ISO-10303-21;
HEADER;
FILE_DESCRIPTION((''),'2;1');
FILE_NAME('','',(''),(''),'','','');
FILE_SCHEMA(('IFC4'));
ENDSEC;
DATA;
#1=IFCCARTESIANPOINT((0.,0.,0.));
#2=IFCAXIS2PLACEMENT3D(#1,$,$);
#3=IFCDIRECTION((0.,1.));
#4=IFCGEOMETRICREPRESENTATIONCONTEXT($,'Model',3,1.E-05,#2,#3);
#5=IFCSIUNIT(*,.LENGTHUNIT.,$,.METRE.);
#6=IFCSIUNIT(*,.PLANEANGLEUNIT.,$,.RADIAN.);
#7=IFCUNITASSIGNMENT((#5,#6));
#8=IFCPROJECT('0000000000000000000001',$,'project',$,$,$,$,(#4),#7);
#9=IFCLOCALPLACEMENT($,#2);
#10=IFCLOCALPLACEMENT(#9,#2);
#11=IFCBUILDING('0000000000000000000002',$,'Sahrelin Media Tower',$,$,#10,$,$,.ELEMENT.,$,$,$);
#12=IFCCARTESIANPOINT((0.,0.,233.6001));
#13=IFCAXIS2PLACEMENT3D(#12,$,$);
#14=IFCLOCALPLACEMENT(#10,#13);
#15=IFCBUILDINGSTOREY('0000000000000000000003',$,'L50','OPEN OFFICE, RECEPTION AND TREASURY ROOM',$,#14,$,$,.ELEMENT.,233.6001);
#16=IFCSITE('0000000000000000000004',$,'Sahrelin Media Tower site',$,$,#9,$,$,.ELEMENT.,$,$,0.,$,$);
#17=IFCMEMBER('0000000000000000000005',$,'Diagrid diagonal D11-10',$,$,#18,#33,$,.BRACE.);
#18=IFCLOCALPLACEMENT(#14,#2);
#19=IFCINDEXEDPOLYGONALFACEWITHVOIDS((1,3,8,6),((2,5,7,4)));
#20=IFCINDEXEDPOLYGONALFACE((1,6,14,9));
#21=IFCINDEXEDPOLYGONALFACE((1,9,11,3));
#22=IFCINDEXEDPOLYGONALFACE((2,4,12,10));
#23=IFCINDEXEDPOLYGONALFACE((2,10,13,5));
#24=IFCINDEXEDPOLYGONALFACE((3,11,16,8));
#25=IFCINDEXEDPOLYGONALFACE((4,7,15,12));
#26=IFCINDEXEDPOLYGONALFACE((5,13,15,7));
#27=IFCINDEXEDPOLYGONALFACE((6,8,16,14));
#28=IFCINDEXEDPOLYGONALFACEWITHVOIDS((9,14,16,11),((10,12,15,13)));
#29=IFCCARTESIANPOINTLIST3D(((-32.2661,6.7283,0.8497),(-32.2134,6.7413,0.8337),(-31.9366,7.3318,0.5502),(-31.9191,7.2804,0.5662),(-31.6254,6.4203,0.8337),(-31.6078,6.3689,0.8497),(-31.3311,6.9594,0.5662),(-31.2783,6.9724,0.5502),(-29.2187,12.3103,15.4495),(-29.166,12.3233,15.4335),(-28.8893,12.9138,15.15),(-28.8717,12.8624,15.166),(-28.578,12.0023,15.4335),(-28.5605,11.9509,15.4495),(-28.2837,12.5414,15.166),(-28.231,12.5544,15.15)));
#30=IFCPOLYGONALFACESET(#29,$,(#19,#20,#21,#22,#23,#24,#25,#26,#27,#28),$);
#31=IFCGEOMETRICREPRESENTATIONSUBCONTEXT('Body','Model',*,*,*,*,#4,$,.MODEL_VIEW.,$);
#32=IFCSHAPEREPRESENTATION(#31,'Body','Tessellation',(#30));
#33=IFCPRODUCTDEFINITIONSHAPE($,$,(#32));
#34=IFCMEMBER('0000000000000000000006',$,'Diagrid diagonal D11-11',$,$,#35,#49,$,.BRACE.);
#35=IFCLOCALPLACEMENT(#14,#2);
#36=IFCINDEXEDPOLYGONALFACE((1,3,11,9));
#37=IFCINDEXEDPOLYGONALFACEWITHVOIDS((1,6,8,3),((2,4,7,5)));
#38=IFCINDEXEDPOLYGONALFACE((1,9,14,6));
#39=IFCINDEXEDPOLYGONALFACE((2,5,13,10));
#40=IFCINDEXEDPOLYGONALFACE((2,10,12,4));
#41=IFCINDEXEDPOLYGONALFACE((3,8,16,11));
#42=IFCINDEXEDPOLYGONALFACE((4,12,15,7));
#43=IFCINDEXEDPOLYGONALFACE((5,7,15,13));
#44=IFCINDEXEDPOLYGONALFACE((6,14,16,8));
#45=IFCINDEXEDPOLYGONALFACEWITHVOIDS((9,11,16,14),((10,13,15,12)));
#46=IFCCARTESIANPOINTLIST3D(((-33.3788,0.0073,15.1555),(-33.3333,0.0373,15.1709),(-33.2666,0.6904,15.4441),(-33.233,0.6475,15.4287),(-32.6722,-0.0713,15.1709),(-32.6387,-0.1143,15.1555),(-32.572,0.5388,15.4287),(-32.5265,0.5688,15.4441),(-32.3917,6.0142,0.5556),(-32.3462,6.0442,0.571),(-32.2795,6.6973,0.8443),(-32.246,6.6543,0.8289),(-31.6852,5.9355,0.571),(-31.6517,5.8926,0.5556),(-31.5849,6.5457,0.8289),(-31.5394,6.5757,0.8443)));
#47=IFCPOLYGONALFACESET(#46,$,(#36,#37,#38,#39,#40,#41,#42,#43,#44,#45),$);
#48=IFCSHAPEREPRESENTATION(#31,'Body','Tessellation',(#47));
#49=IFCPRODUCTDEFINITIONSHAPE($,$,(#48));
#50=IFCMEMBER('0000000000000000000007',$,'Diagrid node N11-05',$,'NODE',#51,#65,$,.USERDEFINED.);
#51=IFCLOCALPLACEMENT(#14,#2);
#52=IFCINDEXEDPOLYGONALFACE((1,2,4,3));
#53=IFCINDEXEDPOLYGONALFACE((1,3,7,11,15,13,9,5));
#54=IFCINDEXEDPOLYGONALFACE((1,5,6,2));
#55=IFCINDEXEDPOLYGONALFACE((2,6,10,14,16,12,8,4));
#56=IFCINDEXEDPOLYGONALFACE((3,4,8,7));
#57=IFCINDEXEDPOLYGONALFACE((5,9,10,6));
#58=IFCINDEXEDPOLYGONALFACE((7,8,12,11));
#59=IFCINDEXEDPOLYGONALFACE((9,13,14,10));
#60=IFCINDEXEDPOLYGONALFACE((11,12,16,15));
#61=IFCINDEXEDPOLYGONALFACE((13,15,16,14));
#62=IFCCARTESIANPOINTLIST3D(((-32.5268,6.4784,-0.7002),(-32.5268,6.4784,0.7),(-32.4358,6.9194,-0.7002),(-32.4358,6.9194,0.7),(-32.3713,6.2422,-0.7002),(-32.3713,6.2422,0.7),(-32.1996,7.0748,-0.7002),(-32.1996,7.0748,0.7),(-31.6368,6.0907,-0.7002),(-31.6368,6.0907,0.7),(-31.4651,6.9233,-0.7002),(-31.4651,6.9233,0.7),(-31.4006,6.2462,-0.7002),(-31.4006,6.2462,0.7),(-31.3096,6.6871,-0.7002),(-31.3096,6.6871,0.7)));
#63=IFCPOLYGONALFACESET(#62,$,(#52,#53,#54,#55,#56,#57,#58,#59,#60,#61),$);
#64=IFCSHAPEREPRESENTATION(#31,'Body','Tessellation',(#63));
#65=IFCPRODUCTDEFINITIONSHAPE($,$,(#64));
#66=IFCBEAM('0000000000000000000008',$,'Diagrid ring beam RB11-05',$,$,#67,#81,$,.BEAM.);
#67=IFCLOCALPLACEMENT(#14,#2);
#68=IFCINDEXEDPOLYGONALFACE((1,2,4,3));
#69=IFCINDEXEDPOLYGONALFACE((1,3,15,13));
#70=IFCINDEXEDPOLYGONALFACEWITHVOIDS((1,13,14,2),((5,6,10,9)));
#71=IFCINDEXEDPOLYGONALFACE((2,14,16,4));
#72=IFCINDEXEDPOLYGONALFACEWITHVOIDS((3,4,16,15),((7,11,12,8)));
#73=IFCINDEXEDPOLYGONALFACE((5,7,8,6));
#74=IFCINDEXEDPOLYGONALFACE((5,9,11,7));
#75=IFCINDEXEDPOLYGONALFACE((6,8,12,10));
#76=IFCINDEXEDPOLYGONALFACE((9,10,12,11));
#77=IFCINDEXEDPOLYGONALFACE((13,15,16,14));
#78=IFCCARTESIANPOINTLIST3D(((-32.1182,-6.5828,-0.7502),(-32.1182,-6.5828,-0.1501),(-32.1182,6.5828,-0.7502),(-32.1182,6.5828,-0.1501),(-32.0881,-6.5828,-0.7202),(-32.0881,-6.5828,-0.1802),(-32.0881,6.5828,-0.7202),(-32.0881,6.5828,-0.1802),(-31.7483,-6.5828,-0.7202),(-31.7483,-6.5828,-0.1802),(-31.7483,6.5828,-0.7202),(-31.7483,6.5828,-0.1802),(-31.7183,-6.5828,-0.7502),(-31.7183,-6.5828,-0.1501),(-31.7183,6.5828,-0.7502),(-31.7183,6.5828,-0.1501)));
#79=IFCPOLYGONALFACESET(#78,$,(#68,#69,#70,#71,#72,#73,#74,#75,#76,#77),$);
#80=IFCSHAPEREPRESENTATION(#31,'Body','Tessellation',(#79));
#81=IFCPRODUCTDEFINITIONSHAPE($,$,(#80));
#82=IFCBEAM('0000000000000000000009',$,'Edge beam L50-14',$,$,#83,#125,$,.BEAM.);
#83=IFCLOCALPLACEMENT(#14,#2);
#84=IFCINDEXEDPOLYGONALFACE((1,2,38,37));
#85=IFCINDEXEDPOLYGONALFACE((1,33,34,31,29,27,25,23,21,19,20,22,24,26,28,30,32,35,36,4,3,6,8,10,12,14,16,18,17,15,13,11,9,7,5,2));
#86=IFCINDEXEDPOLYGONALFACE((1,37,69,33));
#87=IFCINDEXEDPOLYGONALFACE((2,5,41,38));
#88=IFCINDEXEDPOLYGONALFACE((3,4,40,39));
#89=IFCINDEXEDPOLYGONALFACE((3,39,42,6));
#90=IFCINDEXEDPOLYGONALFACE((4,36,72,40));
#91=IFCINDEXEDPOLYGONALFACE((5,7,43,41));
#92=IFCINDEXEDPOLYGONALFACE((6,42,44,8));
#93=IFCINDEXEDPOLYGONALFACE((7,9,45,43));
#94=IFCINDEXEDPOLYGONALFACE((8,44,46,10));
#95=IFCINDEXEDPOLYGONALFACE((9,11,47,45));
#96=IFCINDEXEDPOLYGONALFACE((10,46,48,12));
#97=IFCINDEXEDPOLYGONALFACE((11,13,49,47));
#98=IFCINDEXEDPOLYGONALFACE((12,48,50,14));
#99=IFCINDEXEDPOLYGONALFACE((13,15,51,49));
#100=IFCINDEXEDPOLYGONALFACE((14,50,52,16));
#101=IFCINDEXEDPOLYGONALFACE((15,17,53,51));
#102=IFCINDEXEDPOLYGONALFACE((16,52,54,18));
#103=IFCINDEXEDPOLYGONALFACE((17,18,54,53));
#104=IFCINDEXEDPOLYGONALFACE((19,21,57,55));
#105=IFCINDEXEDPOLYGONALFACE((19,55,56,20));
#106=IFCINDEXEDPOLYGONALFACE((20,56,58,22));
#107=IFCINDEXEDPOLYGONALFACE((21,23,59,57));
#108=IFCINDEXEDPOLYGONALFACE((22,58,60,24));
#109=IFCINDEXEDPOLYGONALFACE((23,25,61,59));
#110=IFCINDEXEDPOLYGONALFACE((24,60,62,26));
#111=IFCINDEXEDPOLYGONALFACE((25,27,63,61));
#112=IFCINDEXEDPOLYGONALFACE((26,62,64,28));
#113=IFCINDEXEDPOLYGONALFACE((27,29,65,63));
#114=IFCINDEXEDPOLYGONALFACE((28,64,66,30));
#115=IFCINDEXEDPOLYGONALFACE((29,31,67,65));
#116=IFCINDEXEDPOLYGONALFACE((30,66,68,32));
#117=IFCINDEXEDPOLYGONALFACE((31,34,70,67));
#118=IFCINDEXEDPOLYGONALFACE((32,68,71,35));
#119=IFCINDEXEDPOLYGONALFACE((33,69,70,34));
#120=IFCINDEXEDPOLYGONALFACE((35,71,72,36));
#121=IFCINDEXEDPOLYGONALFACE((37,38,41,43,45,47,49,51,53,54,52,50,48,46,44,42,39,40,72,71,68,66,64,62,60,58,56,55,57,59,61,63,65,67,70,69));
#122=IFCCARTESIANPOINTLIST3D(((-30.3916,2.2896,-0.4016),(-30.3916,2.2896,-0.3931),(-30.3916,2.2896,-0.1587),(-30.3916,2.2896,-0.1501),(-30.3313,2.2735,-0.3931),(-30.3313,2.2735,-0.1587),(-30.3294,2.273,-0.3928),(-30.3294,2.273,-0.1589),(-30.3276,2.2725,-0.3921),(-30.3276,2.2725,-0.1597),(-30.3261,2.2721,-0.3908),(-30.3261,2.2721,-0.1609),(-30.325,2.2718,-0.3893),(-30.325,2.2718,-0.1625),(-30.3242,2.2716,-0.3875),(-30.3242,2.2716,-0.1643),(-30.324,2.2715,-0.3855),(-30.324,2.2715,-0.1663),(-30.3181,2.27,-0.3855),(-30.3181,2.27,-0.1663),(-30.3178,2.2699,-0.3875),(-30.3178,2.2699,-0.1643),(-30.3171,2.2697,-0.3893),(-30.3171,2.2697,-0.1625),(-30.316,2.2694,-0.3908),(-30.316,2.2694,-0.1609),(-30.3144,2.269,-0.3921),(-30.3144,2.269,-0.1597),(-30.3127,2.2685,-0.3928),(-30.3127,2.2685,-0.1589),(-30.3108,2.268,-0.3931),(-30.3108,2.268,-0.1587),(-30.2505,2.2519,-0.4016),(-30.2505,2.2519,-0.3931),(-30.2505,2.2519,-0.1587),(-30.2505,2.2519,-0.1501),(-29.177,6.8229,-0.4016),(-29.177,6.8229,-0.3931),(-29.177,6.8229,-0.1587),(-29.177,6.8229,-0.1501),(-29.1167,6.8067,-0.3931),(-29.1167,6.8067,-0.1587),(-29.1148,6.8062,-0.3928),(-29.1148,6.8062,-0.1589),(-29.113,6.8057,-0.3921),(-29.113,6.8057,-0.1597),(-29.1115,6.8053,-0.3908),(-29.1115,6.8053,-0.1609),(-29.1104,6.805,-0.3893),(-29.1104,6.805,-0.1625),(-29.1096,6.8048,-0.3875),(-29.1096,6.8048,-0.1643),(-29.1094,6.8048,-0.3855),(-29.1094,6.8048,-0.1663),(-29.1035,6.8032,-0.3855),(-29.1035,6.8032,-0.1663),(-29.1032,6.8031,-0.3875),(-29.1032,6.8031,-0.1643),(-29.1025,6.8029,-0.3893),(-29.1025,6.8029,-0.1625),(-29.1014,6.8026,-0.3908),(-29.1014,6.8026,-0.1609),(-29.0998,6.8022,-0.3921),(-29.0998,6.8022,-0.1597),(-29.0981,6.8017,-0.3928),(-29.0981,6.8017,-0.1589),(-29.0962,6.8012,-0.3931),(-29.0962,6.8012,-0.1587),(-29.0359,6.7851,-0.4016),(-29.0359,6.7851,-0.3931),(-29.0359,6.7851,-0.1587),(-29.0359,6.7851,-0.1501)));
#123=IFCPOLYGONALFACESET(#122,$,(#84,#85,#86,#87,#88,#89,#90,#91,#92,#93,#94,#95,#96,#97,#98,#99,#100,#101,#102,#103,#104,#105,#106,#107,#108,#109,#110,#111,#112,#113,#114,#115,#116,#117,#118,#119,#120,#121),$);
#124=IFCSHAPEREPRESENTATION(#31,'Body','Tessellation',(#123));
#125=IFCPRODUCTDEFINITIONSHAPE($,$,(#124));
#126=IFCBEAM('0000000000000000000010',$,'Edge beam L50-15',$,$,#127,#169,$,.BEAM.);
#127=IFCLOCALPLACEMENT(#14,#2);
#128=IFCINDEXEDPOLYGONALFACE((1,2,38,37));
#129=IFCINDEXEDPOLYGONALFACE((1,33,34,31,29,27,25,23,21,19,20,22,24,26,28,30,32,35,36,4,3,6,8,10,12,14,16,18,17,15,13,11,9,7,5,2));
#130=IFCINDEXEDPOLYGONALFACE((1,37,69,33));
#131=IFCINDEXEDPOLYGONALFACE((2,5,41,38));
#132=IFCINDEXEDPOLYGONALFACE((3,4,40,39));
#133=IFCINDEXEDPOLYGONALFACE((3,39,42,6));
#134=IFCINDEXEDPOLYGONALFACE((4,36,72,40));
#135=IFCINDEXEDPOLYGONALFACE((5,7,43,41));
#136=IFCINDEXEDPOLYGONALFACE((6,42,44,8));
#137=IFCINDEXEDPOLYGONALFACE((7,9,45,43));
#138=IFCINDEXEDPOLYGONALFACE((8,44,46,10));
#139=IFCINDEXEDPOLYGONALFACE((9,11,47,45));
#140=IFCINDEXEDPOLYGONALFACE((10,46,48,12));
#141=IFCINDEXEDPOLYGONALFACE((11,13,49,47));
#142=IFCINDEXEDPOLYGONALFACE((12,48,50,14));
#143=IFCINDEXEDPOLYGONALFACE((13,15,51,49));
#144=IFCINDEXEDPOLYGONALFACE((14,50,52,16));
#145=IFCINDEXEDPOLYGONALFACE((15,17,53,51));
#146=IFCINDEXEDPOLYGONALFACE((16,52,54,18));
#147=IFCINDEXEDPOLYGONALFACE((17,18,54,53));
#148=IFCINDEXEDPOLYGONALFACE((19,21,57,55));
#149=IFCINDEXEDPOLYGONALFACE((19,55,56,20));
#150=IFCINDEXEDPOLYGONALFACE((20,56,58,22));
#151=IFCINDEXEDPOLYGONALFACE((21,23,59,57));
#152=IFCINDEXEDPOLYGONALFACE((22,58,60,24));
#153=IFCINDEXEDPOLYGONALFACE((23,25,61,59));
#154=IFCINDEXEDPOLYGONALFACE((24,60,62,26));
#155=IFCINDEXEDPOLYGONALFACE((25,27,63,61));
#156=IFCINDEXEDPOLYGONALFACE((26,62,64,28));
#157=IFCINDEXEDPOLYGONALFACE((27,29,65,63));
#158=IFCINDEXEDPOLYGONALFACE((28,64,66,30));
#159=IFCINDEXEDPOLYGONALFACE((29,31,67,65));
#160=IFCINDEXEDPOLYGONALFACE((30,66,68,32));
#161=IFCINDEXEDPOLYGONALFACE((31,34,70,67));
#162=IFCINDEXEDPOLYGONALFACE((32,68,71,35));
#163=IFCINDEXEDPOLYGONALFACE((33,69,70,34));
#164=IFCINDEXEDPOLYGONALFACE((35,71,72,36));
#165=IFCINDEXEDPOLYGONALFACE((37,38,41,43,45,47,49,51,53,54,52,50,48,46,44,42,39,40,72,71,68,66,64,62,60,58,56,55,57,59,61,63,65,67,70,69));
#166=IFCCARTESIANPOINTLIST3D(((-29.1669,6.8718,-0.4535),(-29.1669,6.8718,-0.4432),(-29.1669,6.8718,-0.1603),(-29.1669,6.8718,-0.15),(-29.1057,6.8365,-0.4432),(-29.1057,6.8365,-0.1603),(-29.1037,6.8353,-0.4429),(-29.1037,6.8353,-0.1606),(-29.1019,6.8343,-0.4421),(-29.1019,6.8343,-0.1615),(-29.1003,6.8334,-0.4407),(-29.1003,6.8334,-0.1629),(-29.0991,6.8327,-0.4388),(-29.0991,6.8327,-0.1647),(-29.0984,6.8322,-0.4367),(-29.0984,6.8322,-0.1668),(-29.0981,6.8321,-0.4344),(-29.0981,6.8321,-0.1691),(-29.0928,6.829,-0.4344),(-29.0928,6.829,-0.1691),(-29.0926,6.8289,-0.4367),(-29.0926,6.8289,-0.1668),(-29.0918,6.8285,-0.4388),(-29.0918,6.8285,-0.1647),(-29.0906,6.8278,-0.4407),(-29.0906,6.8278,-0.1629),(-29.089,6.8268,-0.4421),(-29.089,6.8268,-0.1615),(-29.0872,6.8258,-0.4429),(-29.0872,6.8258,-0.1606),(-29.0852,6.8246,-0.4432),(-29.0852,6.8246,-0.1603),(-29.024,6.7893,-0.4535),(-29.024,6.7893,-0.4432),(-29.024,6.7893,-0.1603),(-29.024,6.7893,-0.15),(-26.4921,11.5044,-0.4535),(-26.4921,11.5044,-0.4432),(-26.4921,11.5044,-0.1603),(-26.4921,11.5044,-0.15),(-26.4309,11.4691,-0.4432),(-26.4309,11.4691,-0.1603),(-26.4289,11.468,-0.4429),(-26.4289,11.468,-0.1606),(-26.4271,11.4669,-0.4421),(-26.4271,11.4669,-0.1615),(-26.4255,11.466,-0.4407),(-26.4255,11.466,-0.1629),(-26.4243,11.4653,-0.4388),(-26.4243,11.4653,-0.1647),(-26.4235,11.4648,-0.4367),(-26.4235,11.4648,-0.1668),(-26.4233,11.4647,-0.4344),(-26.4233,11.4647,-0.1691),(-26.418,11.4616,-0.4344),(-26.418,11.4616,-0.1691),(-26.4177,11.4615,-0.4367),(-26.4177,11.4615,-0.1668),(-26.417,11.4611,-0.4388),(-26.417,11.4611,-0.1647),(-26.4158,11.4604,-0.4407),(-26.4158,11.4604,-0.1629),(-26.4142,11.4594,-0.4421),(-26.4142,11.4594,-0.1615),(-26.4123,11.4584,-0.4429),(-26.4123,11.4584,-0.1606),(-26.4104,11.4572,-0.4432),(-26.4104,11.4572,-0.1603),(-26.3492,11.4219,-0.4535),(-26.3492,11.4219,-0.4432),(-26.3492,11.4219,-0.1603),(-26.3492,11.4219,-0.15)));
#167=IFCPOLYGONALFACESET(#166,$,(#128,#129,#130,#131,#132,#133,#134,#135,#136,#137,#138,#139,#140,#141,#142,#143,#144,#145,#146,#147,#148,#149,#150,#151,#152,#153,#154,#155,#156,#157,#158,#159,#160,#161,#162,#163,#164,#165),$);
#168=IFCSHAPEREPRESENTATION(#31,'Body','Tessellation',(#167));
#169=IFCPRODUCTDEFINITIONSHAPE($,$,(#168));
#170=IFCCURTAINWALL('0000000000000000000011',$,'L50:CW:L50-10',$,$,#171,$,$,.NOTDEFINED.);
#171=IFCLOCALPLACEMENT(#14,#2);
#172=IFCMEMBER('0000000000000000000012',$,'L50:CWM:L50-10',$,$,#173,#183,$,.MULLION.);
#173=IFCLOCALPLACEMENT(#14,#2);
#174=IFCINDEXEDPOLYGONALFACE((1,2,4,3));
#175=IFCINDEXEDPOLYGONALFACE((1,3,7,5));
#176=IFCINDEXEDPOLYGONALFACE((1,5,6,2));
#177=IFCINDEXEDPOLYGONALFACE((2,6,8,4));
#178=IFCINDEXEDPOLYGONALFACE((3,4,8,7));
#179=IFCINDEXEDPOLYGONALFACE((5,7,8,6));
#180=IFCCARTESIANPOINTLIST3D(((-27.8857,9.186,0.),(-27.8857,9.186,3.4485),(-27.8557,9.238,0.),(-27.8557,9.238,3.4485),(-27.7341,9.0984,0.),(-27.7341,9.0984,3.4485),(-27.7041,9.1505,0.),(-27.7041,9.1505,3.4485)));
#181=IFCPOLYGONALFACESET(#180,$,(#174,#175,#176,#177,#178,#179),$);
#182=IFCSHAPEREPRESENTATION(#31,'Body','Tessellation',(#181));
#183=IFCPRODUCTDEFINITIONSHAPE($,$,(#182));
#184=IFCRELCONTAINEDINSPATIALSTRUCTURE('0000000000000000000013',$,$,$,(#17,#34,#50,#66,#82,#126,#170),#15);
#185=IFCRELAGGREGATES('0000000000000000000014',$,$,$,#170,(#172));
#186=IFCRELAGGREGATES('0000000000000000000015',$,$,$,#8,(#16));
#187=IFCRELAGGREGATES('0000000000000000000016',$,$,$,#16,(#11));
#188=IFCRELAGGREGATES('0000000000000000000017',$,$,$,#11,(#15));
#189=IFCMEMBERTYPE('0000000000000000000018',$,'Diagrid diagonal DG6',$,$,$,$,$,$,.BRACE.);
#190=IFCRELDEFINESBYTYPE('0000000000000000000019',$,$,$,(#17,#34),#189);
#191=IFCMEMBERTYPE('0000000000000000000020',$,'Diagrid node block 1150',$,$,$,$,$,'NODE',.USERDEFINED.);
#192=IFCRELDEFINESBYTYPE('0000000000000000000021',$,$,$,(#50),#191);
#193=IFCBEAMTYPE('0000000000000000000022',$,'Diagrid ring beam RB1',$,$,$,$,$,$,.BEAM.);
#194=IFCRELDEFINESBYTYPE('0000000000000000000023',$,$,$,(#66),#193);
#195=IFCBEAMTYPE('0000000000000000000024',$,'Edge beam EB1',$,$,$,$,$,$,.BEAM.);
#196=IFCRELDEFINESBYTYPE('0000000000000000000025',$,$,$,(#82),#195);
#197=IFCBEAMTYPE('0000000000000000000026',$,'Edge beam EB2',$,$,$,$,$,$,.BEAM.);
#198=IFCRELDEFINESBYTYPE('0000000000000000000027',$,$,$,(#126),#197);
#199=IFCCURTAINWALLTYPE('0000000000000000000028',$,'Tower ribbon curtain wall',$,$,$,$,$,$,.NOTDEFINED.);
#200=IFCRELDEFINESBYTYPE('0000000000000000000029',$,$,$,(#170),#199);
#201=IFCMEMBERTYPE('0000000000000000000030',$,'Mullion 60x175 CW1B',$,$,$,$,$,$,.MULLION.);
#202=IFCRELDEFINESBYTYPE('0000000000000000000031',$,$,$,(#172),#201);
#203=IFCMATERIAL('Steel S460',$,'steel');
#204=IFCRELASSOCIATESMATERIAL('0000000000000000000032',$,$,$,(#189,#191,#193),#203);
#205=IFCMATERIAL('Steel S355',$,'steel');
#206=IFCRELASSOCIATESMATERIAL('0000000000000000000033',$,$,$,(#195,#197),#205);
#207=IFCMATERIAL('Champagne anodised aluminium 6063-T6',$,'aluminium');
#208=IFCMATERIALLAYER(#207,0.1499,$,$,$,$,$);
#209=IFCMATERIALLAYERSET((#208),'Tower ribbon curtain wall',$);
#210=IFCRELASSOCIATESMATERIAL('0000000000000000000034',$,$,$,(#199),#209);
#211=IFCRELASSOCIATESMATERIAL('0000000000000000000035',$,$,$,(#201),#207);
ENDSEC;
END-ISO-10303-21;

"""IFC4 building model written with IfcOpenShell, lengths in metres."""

from ifc_helpers import new_model, si_unit, direction, frame, origin, origin_2d, place, context, subcontext, project, spatial, polyline, rectangle, hollow_rectangle, i_section, outline, extrude, material, layer, layer_set, material_profile, profile_set, type_object, element, aggregate, save


model = new_model("IFC4")

# Units and contexts
model_context = context("Model", 3, precision=1e-05, world=origin(), true_north=direction((0.0, 1.0)))
body_context = subcontext(model_context, "Body", "Model", "MODEL_VIEW")
ifc_project = project(units=[si_unit("LENGTHUNIT", "METRE"), si_unit("PLANEANGLEUNIT", "RADIAN")], contexts=[model_context])

# Site, building, storey
site_placement = place(None, origin())
site = spatial("IfcSite", under=ifc_project, at=site_placement, Name="Sahrelin Media Tower site", CompositionType="ELEMENT", RefElevation=0.0)
building_placement = place(site_placement, origin())
building = spatial("IfcBuilding", under=site, at=building_placement, Name="Sahrelin Media Tower", CompositionType="ELEMENT")
storey_placement = place(building_placement, frame((0.0, 0.0, 233.6001)))
storey = spatial("IfcBuildingStorey", under=building, at=storey_placement, Name="L50", Description="OPEN OFFICE, RECEPTION AND TREASURY ROOM", CompositionType="ELEMENT", Elevation=233.6001)

# Members
ifc_material_1 = material(Name="Steel S460", Category="steel")
ifc_material_profile_1 = material_profile(ifc_material_1, hollow_rectangle(XDim=0.75, YDim=0.75, WallThickness=0.04, at=origin_2d()), Name="Diagrid diagonal DG6")
ifc_profile_set_1 = profile_set([ifc_material_profile_1], Name="Steel S460")
member_type_1 = type_object("IfcMemberType", Name="Diagrid diagonal DG6", PredefinedType="BRACE", material=ifc_profile_set_1)
member_1_placement = place(storey_placement, frame((-31.7722, 6.8503, 0.7), z_axis=(0.191359, 0.350523, 0.916796), x_axis=(-0.877722, 0.479169, 0.0)))
element("IfcMember", 1, at=member_1_placement, inside=storey, type_object=member_type_1, Name="Diagrid diagonal D11-10", PredefinedType="BRACE", context=body_context, shape_type="SweptSolid", body=[
    extrude(hollow_rectangle(XDim=0.75, YDim=0.75, WallThickness=0.04, at=origin_2d()), origin(), (0.0, 0.0, 1.0), 15.9248),
])
member_2_placement = place(storey_placement, frame((-31.9656, 6.2949, 0.7), z_axis=(-0.062401, -0.379745, 0.922984), x_axis=(0.986766, -0.162148, 0.0)))
element("IfcMember", 2, at=member_2_placement, inside=storey, type_object=member_type_1, Name="Diagrid diagonal D11-11", PredefinedType="BRACE", context=body_context, shape_type="SweptSolid", body=[
    extrude(hollow_rectangle(XDim=0.75, YDim=0.75, WallThickness=0.04, at=origin_2d()), origin(), (0.0, 0.0, 1.0), 15.8181),
])
ifc_material_profile_2 = material_profile(ifc_material_1, outline(polyline([(0.375, -0.425), (0.575, -0.2251), (0.575, 0.2251), (0.375, 0.425), (-0.375, 0.425), (-0.575, 0.2251), (-0.575, -0.2251), (-0.375, -0.425), (0.375, -0.425)])), Name="Diagrid node block 1150")
ifc_profile_set_2 = profile_set([ifc_material_profile_2], Name="Steel S460")
member_type_2 = type_object("IfcMemberType", Name="Diagrid node block 1150", ElementType="NODE", PredefinedType="USERDEFINED", material=ifc_profile_set_2)
member_3_placement = place(storey_placement, frame((-31.9182, 6.5828, -0.7002), z_axis=(0.0, 0.0, 1.0), x_axis=(-0.979388, 0.201989, 0.0)))
element("IfcMember", 3, at=member_3_placement, inside=storey, type_object=member_type_2, Name="Diagrid node N11-05", ObjectType="NODE", PredefinedType="USERDEFINED", context=body_context, shape_type="SweptSolid", body=[
    extrude(outline(polyline([(0.375, -0.425), (0.575, -0.2251), (0.575, 0.2251), (0.375, 0.425), (-0.375, 0.425), (-0.575, 0.2251), (-0.575, -0.2251), (-0.375, -0.425), (0.375, -0.425)])), origin(), (0.0, 0.0, 1.0), 1.4001),
])

# Beams
ifc_material_profile_3 = material_profile(ifc_material_1, hollow_rectangle(XDim=0.3999, YDim=0.6001, WallThickness=0.03, at=origin_2d()), Name="Diagrid ring beam RB1")
ifc_profile_set_3 = profile_set([ifc_material_profile_3], Name="Steel S460")
beam_type_1 = type_object("IfcBeamType", Name="Diagrid ring beam RB1", PredefinedType="BEAM", material=ifc_profile_set_3)
beam_1_placement = place(storey_placement, frame((-31.9182, 6.5828, -0.4502), z_axis=(0.0, -1.0, 0.0), x_axis=(1.0, 0.0, 0.0)))
element("IfcBeam", 4, at=beam_1_placement, inside=storey, type_object=beam_type_1, Name="Diagrid ring beam RB11-05", PredefinedType="BEAM", context=body_context, shape_type="SweptSolid", body=[
    extrude(hollow_rectangle(XDim=0.3999, YDim=0.6001, WallThickness=0.03, at=origin_2d()), origin(), (0.0, 0.0, 1.0), 13.1655),
])
ifc_material_2 = material(Name="Steel S355", Category="steel")
ifc_material_profile_4 = material_profile(ifc_material_2, i_section(OverallWidth=0.146, OverallDepth=0.2515, WebThickness=0.0061, FlangeThickness=0.0085, FilletRadius=0.0076, at=origin_2d()), Name="UB 254x146x31")
ifc_profile_set_4 = profile_set([ifc_material_profile_4], Name="Steel S355")
beam_type_2 = type_object("IfcBeamType", Name="Edge beam EB1", PredefinedType="BEAM", material=ifc_profile_set_4)
beam_2_placement = place(storey_placement, frame((-30.321, 2.2708, -0.2759), z_axis=(0.258805, 0.965929, 0.0), x_axis=(-0.965929, 0.258805, 0.0)))
element("IfcBeam", 5, at=beam_2_placement, inside=storey, type_object=beam_type_2, Name="Edge beam L50-14", PredefinedType="BEAM", context=body_context, shape_type="SweptSolid", body=[
    extrude(i_section(OverallWidth=0.146, OverallDepth=0.2515, WebThickness=0.0061, FlangeThickness=0.0085, FilletRadius=0.0076, at=origin_2d()), origin(), (0.0, 0.0, 1.0), 4.6931),
])
ifc_material_profile_5 = material_profile(ifc_material_2, i_section(OverallWidth=0.165, OverallDepth=0.3035, WebThickness=0.0061, FlangeThickness=0.0103, FilletRadius=0.0088, at=origin_2d()), Name="UB 305x165x40")
ifc_profile_set_5 = profile_set([ifc_material_profile_5], Name="Steel S355")
beam_type_3 = type_object("IfcBeamType", Name="Edge beam EB2", PredefinedType="BEAM", material=ifc_profile_set_5)
beam_3_placement = place(storey_placement, frame((-29.0955, 6.8306, -0.3018), z_axis=(0.500027, 0.86601, 0.0), x_axis=(-0.86601, 0.500027, 0.0)))
element("IfcBeam", 6, at=beam_3_placement, inside=storey, type_object=beam_type_3, Name="Edge beam L50-15", PredefinedType="BEAM", context=body_context, shape_type="SweptSolid", body=[
    extrude(i_section(OverallWidth=0.165, OverallDepth=0.3035, WebThickness=0.0061, FlangeThickness=0.0103, FilletRadius=0.0088, at=origin_2d()), origin(), (0.0, 0.0, 1.0), 5.3494),
])

# Curtain wall, member
ifc_material_3 = material(Name="Champagne anodised aluminium 6063-T6", Category="aluminium")
ifc_layer_1 = layer(ifc_material_3, 0.1499)
ifc_layer_set_1 = layer_set([ifc_layer_1], Name="Tower ribbon curtain wall")
curtain_wall_type = type_object("IfcCurtainWallType", Name="Tower ribbon curtain wall", PredefinedType="NOTDEFINED", material=ifc_layer_set_1)
curtain_wall_1_placement = place(storey_placement, frame((-27.8879, 9.2219, 0.0), z_axis=(0.0, 0.0, 1.0), x_axis=(1.0, 0.0, 0.0)))
curtain_wall_1 = element("IfcCurtainWall", 7, at=curtain_wall_1_placement, inside=storey, type_object=curtain_wall_type, Name="L50:CW:L50-10", PredefinedType="NOTDEFINED")
ifc_material_profile_6 = material_profile(ifc_material_3, rectangle(XDim=0.0601, YDim=0.175, at=origin_2d()), Name="Mullion 60x175")
ifc_profile_set_6 = profile_set([ifc_material_profile_6], Name="Champagne anodised aluminium 6063-T6")
member_type_3 = type_object("IfcMemberType", Name="Mullion 60x175 CW1B", PredefinedType="MULLION", material=ifc_profile_set_6)
member_4_placement = place(storey_placement, frame((-27.7949, 9.1682, 0.0), z_axis=(0.0, 0.0, 1.0), x_axis=(-0.500002, -0.866025, 0.0)))
member_4 = element("IfcMember", 8, at=member_4_placement, type_object=member_type_3, Name="L50:CWM:L50-10", PredefinedType="MULLION", context=body_context, shape_type="SweptSolid", body=[
    extrude(rectangle(XDim=0.0601, YDim=0.175, at=origin_2d()), origin(), (0.0, 0.0, 1.0), 3.4485),
])
aggregate(curtain_wall_1, [member_4])

save(model, "model.ifc")
